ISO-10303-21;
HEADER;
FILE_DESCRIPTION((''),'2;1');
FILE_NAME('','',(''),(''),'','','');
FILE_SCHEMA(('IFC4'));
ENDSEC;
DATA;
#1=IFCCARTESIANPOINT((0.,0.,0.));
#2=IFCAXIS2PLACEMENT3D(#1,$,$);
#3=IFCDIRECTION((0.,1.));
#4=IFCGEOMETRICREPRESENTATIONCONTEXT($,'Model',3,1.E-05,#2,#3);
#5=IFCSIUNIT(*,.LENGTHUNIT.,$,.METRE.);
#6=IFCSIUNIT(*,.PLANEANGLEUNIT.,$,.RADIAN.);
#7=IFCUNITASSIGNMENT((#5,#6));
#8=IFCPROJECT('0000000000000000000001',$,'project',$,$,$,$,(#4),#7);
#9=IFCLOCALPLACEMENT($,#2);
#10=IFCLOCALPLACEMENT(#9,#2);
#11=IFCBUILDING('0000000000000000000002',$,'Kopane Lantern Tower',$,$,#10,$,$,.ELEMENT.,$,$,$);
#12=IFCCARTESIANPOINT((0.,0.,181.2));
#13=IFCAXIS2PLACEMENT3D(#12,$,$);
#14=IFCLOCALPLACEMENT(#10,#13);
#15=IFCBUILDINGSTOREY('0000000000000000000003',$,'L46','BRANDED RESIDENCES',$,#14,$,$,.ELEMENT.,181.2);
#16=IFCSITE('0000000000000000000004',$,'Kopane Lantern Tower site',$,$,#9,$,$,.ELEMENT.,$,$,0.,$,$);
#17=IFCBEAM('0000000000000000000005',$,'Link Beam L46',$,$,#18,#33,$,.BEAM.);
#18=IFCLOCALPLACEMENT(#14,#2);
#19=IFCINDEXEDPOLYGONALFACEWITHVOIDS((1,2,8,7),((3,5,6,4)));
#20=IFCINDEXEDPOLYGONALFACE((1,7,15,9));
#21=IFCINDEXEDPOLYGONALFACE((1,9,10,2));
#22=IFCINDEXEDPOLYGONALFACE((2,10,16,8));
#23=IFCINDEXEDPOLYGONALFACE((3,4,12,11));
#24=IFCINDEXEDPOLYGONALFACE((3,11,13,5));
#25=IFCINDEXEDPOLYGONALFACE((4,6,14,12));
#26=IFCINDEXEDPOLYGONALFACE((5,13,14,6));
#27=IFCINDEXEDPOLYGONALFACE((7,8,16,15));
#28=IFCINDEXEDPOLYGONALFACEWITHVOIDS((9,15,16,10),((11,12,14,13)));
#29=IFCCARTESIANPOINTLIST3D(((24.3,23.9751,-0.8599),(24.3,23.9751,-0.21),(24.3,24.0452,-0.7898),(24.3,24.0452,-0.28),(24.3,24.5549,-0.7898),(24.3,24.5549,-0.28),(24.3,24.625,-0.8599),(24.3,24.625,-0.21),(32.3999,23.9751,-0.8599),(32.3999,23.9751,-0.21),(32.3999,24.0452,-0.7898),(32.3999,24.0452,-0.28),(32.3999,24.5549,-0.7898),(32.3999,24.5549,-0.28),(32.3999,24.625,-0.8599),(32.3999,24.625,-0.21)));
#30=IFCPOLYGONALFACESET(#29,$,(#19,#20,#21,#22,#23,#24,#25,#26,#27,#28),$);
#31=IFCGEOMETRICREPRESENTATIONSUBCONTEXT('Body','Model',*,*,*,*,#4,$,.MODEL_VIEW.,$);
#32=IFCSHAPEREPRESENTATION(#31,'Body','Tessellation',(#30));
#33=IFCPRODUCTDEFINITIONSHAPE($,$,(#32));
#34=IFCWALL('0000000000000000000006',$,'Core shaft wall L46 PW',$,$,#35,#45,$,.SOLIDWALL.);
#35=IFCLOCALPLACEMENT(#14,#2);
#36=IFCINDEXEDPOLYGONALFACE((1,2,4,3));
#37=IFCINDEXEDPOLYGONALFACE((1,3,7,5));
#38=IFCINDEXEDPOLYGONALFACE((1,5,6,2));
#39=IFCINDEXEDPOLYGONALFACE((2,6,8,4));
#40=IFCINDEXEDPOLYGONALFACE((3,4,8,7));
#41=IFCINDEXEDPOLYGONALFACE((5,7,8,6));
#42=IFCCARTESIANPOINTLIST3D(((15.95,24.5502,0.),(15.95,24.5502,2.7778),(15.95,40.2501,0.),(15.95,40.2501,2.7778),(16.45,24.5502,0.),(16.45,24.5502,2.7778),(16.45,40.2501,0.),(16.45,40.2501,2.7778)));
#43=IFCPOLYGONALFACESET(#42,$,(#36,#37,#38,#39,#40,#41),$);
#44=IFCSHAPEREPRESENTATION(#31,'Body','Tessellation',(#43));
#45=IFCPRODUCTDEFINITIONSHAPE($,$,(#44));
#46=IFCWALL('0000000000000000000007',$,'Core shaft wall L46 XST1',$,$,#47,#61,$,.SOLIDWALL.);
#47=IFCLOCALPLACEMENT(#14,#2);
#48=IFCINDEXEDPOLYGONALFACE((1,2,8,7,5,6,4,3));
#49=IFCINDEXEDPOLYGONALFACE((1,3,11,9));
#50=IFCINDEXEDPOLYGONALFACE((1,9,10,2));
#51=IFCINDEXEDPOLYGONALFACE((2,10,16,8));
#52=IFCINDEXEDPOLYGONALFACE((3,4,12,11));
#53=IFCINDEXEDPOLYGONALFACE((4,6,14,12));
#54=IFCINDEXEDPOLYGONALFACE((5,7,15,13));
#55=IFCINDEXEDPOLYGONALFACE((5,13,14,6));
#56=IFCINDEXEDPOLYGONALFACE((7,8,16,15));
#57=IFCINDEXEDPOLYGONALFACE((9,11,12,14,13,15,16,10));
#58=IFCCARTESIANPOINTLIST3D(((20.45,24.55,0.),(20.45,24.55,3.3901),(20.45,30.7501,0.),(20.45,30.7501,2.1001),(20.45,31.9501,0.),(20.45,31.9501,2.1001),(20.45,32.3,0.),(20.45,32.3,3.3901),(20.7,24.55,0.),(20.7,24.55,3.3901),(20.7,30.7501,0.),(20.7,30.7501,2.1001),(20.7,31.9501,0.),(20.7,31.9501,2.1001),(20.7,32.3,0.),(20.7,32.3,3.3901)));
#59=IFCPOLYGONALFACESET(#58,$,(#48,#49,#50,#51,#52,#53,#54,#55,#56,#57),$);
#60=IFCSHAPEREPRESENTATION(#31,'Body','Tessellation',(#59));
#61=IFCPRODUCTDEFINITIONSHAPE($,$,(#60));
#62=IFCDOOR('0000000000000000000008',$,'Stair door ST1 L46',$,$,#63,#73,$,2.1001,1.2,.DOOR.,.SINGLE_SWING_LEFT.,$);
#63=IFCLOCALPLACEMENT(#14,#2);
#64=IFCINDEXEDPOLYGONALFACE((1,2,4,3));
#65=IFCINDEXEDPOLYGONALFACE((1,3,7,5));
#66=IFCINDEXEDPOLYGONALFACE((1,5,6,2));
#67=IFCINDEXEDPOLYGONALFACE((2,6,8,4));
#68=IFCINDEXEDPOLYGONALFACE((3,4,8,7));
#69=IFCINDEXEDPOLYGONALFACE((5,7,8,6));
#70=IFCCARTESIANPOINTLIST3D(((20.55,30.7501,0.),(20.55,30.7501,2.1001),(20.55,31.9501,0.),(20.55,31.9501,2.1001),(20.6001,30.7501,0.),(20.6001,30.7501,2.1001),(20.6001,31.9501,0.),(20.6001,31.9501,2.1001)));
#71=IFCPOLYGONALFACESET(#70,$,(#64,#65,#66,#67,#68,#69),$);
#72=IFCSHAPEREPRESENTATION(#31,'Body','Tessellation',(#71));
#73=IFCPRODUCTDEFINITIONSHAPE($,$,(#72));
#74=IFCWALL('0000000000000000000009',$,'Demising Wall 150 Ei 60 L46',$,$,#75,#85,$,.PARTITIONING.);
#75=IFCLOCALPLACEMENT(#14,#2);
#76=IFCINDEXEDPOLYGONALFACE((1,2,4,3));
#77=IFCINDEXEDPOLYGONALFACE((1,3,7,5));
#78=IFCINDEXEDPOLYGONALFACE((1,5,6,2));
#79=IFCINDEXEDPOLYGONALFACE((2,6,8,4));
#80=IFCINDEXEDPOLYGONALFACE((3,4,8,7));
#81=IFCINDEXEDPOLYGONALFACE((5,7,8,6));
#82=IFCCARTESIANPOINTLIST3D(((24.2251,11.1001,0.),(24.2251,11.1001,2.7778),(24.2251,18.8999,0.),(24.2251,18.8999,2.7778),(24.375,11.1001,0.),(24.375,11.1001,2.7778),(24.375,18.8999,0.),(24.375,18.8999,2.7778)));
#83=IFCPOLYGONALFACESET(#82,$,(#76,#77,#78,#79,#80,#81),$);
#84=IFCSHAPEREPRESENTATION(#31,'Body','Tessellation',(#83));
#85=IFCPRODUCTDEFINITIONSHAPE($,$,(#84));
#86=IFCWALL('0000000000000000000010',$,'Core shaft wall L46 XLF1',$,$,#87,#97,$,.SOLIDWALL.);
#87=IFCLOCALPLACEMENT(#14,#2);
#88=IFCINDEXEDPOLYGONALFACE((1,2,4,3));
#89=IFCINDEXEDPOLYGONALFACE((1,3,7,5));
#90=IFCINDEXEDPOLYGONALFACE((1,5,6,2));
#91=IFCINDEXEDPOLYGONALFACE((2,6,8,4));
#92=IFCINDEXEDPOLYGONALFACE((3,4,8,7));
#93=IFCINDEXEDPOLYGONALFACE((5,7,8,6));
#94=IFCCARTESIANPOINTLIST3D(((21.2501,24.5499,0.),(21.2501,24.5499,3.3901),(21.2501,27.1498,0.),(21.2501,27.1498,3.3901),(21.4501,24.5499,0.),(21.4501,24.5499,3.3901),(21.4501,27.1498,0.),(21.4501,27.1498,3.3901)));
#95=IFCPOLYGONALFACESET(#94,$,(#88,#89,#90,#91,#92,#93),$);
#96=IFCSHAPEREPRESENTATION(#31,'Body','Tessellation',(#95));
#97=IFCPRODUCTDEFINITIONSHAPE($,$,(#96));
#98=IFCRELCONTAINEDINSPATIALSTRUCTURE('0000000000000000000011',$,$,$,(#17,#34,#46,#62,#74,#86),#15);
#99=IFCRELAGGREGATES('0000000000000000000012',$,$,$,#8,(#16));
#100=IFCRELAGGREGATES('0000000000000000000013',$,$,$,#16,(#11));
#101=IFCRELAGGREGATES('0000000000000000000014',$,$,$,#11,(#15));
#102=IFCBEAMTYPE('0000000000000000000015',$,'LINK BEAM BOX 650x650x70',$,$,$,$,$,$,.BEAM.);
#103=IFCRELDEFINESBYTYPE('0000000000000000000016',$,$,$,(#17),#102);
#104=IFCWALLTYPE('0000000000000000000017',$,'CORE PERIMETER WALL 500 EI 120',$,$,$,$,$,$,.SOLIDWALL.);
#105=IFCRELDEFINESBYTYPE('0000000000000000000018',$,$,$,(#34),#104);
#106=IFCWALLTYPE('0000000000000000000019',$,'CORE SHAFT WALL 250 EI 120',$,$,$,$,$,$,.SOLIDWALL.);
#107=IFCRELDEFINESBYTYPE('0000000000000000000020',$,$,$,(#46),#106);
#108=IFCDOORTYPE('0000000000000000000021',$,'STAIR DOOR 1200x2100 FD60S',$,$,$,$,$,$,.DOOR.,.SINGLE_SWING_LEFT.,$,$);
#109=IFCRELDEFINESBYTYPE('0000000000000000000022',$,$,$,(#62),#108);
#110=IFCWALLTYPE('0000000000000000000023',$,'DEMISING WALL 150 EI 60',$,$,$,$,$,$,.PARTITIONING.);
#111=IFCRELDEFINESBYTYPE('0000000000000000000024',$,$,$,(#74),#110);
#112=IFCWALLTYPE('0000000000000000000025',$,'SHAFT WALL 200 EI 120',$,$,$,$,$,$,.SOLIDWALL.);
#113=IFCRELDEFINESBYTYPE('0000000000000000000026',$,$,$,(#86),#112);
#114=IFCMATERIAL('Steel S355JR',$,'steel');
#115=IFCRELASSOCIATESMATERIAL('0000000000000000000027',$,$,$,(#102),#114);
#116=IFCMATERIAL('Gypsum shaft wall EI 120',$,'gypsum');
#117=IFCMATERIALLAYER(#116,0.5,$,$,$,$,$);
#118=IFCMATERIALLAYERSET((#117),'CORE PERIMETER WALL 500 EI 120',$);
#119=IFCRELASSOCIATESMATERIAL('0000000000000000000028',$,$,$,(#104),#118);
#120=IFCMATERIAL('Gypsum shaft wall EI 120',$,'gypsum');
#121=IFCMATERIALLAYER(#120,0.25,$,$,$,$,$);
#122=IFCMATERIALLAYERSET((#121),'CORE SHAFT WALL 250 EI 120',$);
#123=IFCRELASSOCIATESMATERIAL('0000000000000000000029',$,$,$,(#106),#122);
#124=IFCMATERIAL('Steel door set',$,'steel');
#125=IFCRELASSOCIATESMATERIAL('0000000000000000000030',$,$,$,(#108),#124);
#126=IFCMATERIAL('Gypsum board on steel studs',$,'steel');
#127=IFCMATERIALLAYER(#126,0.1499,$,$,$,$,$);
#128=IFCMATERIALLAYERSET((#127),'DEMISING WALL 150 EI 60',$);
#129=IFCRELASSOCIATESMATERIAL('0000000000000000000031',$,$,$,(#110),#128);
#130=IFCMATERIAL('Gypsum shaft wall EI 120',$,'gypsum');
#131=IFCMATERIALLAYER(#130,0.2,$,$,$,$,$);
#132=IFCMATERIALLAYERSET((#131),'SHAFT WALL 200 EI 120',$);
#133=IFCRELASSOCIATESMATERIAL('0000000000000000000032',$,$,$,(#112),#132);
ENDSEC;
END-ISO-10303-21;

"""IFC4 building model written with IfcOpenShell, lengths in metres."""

from ifc_helpers import new_model, si_unit, direction, frame, frame_2d, origin, origin_2d, place, context, subcontext, project, spatial, rectangle, hollow_rectangle, extrude, material, layer, layer_set, material_profile, profile_set, type_object, element, fill, save


model = new_model("IFC4")

# Units and contexts
model_context = context("Model", 3, precision=1e-05, world=origin(), true_north=direction((0.0, 1.0)))
body_context = subcontext(model_context, "Body", "Model", "MODEL_VIEW")
ifc_project = project(units=[si_unit("LENGTHUNIT", "METRE"), si_unit("PLANEANGLEUNIT", "RADIAN")], contexts=[model_context])

# Site, building, storey
site_placement = place(None, origin())
site = spatial("IfcSite", under=ifc_project, at=site_placement, Name="Kopane Lantern Tower site", CompositionType="ELEMENT", RefElevation=0.0)
building_placement = place(site_placement, origin())
building = spatial("IfcBuilding", under=site, at=building_placement, Name="Kopane Lantern Tower", CompositionType="ELEMENT")
storey_placement = place(building_placement, frame((0.0, 0.0, 181.2)))
storey = spatial("IfcBuildingStorey", under=building, at=storey_placement, Name="L46", Description="BRANDED RESIDENCES", CompositionType="ELEMENT", Elevation=181.2)

# Beam
ifc_material_1 = material(Name="Steel S355JR", Category="steel")
ifc_material_profile_1 = material_profile(ifc_material_1, hollow_rectangle(XDim=0.6499, YDim=0.6499, WallThickness=0.0701, at=origin_2d()), Name="BOX 650x650x70")
ifc_profile_set_1 = profile_set([ifc_material_profile_1], Name="Steel S355JR")
beam_type_1 = type_object("IfcBeamType", Name="LINK BEAM BOX 650x650x70", PredefinedType="BEAM", material=ifc_profile_set_1)
beam_1_placement = place(storey_placement, frame((24.3, 24.3, -0.5349), z_axis=(1.0, 0.0, 0.0), x_axis=(0.0, 1.0, 0.0)))
element("IfcBeam", 1, at=beam_1_placement, inside=storey, type_object=beam_type_1, Name="Link Beam L46", PredefinedType="BEAM", context=body_context, shape_type="SweptSolid", body=[
    extrude(hollow_rectangle(XDim=0.6499, YDim=0.6499, WallThickness=0.0701, at=origin_2d()), origin(), (0.0, 0.0, 1.0), 8.0999),
])

# Wall
ifc_material_2 = material(Name="Gypsum shaft wall EI 120", Category="gypsum")
ifc_layer_1 = layer(ifc_material_2, 0.5)
ifc_layer_set_1 = layer_set([ifc_layer_1], Name="CORE PERIMETER WALL 500 EI 120")
wall_type_1 = type_object("IfcWallType", Name="CORE PERIMETER WALL 500 EI 120", PredefinedType="SOLIDWALL", material=ifc_layer_set_1)
wall_1_placement = place(storey_placement, frame((16.2, 24.55, 0.0), z_axis=(0.0, 0.0, 1.0), x_axis=(0.0, 1.0, 0.0)))
element("IfcWall", 2, at=wall_1_placement, inside=storey, type_object=wall_type_1, Name="Core shaft wall L46 PW", PredefinedType="SOLIDWALL", context=body_context, shape_type="SweptSolid", body=[
    extrude(rectangle(XDim=15.7, YDim=0.5, at=frame_2d((7.8501, 0.0))), origin(), (0.0, 0.0, 1.0), 2.7778),
])

# Wall, opening, door
ifc_material_3 = material(Name="Gypsum shaft wall EI 120", Category="gypsum")
ifc_layer_2 = layer(ifc_material_3, 0.25)
ifc_layer_set_2 = layer_set([ifc_layer_2], Name="CORE SHAFT WALL 250 EI 120")
wall_type_2 = type_object("IfcWallType", Name="CORE SHAFT WALL 250 EI 120", PredefinedType="SOLIDWALL", material=ifc_layer_set_2)
wall_2_placement = place(storey_placement, frame((20.575, 24.55, 0.0), z_axis=(0.0, 0.0, 1.0), x_axis=(0.0, 1.0, 0.0)))
wall_2 = element("IfcWall", 3, at=wall_2_placement, inside=storey, type_object=wall_type_2, Name="Core shaft wall L46 XST1", PredefinedType="SOLIDWALL", context=body_context, shape_type="SweptSolid", body=[
    extrude(rectangle(XDim=7.75, YDim=0.25, at=frame_2d((3.875, 0.0))), origin(), (0.0, 0.0, 1.0), 3.3901),
])
opening_1_placement = place(wall_2_placement, frame((6.2, 0.0, 0.0)))
opening_1 = element("IfcOpeningElement", 4, at=opening_1_placement, cuts=wall_2, PredefinedType="OPENING", context=body_context, shape_type="SweptSolid", body=[
    extrude(rectangle(XDim=1.2, YDim=2.1001, at=frame_2d((0.6001, 1.05))), frame((0.0, 0.135, 0.0), z_axis=(0.0, -1.0, 0.0), x_axis=(1.0, 0.0, 0.0)), (0.0, 0.0, 1.0), 0.27),
])
ifc_material_4 = material(Name="Steel door set", Category="steel")
door_type_1 = type_object("IfcDoorType", Name="STAIR DOOR 1200x2100 FD60S", OperationType="SINGLE_SWING_LEFT", PredefinedType="DOOR", material=ifc_material_4)
door_1_placement = place(opening_1_placement, origin())
door_1 = element("IfcDoor", 5, at=door_1_placement, inside=storey, type_object=door_type_1, Name="Stair door ST1 L46", OperationType="SINGLE_SWING_LEFT", OverallHeight=2.1001, OverallWidth=1.2, PredefinedType="DOOR", context=body_context, shape_type="SweptSolid", body=[
    extrude(rectangle(XDim=1.2, YDim=2.1001, at=frame_2d((0.6001, 1.05))), frame((0.0, 0.0249, 0.0), z_axis=(0.0, -1.0, 0.0), x_axis=(1.0, 0.0, 0.0)), (0.0, 0.0, 1.0), 0.05),
])
fill(opening_1, door_1)

# Walls
ifc_material_5 = material(Name="Gypsum board on steel studs", Category="steel")
ifc_layer_3 = layer(ifc_material_5, 0.1499)
ifc_layer_set_3 = layer_set([ifc_layer_3], Name="DEMISING WALL 150 EI 60")
wall_type_3 = type_object("IfcWallType", Name="DEMISING WALL 150 EI 60", PredefinedType="PARTITIONING", material=ifc_layer_set_3)
wall_3_placement = place(storey_placement, frame((24.3, 18.8999, 0.0), z_axis=(0.0, 0.0, 1.0), x_axis=(0.0, -1.0, 0.0)))
element("IfcWall", 6, at=wall_3_placement, inside=storey, type_object=wall_type_3, Name="Demising Wall 150 Ei 60 L46", PredefinedType="PARTITIONING", context=body_context, shape_type="SweptSolid", body=[
    extrude(rectangle(XDim=7.7998, YDim=0.1499, at=frame_2d((3.8999, 0.0))), origin(), (0.0, 0.0, 1.0), 2.7778),
])
ifc_material_6 = material(Name="Gypsum shaft wall EI 120", Category="gypsum")
ifc_layer_4 = layer(ifc_material_6, 0.2)
ifc_layer_set_4 = layer_set([ifc_layer_4], Name="SHAFT WALL 200 EI 120")
wall_type_4 = type_object("IfcWallType", Name="SHAFT WALL 200 EI 120", PredefinedType="SOLIDWALL", material=ifc_layer_set_4)
wall_4_placement = place(storey_placement, frame((21.3501, 24.55, 0.0), z_axis=(0.0, 0.0, 1.0), x_axis=(0.0, 1.0, 0.0)))
element("IfcWall", 7, at=wall_4_placement, inside=storey, type_object=wall_type_4, Name="Core shaft wall L46 XLF1", PredefinedType="SOLIDWALL", context=body_context, shape_type="SweptSolid", body=[
    extrude(rectangle(XDim=2.5999, YDim=0.2, at=frame_2d((1.2998, 0.0))), origin(), (0.0, 0.0, 1.0), 3.3901),
])

save(model, "model.ifc")
